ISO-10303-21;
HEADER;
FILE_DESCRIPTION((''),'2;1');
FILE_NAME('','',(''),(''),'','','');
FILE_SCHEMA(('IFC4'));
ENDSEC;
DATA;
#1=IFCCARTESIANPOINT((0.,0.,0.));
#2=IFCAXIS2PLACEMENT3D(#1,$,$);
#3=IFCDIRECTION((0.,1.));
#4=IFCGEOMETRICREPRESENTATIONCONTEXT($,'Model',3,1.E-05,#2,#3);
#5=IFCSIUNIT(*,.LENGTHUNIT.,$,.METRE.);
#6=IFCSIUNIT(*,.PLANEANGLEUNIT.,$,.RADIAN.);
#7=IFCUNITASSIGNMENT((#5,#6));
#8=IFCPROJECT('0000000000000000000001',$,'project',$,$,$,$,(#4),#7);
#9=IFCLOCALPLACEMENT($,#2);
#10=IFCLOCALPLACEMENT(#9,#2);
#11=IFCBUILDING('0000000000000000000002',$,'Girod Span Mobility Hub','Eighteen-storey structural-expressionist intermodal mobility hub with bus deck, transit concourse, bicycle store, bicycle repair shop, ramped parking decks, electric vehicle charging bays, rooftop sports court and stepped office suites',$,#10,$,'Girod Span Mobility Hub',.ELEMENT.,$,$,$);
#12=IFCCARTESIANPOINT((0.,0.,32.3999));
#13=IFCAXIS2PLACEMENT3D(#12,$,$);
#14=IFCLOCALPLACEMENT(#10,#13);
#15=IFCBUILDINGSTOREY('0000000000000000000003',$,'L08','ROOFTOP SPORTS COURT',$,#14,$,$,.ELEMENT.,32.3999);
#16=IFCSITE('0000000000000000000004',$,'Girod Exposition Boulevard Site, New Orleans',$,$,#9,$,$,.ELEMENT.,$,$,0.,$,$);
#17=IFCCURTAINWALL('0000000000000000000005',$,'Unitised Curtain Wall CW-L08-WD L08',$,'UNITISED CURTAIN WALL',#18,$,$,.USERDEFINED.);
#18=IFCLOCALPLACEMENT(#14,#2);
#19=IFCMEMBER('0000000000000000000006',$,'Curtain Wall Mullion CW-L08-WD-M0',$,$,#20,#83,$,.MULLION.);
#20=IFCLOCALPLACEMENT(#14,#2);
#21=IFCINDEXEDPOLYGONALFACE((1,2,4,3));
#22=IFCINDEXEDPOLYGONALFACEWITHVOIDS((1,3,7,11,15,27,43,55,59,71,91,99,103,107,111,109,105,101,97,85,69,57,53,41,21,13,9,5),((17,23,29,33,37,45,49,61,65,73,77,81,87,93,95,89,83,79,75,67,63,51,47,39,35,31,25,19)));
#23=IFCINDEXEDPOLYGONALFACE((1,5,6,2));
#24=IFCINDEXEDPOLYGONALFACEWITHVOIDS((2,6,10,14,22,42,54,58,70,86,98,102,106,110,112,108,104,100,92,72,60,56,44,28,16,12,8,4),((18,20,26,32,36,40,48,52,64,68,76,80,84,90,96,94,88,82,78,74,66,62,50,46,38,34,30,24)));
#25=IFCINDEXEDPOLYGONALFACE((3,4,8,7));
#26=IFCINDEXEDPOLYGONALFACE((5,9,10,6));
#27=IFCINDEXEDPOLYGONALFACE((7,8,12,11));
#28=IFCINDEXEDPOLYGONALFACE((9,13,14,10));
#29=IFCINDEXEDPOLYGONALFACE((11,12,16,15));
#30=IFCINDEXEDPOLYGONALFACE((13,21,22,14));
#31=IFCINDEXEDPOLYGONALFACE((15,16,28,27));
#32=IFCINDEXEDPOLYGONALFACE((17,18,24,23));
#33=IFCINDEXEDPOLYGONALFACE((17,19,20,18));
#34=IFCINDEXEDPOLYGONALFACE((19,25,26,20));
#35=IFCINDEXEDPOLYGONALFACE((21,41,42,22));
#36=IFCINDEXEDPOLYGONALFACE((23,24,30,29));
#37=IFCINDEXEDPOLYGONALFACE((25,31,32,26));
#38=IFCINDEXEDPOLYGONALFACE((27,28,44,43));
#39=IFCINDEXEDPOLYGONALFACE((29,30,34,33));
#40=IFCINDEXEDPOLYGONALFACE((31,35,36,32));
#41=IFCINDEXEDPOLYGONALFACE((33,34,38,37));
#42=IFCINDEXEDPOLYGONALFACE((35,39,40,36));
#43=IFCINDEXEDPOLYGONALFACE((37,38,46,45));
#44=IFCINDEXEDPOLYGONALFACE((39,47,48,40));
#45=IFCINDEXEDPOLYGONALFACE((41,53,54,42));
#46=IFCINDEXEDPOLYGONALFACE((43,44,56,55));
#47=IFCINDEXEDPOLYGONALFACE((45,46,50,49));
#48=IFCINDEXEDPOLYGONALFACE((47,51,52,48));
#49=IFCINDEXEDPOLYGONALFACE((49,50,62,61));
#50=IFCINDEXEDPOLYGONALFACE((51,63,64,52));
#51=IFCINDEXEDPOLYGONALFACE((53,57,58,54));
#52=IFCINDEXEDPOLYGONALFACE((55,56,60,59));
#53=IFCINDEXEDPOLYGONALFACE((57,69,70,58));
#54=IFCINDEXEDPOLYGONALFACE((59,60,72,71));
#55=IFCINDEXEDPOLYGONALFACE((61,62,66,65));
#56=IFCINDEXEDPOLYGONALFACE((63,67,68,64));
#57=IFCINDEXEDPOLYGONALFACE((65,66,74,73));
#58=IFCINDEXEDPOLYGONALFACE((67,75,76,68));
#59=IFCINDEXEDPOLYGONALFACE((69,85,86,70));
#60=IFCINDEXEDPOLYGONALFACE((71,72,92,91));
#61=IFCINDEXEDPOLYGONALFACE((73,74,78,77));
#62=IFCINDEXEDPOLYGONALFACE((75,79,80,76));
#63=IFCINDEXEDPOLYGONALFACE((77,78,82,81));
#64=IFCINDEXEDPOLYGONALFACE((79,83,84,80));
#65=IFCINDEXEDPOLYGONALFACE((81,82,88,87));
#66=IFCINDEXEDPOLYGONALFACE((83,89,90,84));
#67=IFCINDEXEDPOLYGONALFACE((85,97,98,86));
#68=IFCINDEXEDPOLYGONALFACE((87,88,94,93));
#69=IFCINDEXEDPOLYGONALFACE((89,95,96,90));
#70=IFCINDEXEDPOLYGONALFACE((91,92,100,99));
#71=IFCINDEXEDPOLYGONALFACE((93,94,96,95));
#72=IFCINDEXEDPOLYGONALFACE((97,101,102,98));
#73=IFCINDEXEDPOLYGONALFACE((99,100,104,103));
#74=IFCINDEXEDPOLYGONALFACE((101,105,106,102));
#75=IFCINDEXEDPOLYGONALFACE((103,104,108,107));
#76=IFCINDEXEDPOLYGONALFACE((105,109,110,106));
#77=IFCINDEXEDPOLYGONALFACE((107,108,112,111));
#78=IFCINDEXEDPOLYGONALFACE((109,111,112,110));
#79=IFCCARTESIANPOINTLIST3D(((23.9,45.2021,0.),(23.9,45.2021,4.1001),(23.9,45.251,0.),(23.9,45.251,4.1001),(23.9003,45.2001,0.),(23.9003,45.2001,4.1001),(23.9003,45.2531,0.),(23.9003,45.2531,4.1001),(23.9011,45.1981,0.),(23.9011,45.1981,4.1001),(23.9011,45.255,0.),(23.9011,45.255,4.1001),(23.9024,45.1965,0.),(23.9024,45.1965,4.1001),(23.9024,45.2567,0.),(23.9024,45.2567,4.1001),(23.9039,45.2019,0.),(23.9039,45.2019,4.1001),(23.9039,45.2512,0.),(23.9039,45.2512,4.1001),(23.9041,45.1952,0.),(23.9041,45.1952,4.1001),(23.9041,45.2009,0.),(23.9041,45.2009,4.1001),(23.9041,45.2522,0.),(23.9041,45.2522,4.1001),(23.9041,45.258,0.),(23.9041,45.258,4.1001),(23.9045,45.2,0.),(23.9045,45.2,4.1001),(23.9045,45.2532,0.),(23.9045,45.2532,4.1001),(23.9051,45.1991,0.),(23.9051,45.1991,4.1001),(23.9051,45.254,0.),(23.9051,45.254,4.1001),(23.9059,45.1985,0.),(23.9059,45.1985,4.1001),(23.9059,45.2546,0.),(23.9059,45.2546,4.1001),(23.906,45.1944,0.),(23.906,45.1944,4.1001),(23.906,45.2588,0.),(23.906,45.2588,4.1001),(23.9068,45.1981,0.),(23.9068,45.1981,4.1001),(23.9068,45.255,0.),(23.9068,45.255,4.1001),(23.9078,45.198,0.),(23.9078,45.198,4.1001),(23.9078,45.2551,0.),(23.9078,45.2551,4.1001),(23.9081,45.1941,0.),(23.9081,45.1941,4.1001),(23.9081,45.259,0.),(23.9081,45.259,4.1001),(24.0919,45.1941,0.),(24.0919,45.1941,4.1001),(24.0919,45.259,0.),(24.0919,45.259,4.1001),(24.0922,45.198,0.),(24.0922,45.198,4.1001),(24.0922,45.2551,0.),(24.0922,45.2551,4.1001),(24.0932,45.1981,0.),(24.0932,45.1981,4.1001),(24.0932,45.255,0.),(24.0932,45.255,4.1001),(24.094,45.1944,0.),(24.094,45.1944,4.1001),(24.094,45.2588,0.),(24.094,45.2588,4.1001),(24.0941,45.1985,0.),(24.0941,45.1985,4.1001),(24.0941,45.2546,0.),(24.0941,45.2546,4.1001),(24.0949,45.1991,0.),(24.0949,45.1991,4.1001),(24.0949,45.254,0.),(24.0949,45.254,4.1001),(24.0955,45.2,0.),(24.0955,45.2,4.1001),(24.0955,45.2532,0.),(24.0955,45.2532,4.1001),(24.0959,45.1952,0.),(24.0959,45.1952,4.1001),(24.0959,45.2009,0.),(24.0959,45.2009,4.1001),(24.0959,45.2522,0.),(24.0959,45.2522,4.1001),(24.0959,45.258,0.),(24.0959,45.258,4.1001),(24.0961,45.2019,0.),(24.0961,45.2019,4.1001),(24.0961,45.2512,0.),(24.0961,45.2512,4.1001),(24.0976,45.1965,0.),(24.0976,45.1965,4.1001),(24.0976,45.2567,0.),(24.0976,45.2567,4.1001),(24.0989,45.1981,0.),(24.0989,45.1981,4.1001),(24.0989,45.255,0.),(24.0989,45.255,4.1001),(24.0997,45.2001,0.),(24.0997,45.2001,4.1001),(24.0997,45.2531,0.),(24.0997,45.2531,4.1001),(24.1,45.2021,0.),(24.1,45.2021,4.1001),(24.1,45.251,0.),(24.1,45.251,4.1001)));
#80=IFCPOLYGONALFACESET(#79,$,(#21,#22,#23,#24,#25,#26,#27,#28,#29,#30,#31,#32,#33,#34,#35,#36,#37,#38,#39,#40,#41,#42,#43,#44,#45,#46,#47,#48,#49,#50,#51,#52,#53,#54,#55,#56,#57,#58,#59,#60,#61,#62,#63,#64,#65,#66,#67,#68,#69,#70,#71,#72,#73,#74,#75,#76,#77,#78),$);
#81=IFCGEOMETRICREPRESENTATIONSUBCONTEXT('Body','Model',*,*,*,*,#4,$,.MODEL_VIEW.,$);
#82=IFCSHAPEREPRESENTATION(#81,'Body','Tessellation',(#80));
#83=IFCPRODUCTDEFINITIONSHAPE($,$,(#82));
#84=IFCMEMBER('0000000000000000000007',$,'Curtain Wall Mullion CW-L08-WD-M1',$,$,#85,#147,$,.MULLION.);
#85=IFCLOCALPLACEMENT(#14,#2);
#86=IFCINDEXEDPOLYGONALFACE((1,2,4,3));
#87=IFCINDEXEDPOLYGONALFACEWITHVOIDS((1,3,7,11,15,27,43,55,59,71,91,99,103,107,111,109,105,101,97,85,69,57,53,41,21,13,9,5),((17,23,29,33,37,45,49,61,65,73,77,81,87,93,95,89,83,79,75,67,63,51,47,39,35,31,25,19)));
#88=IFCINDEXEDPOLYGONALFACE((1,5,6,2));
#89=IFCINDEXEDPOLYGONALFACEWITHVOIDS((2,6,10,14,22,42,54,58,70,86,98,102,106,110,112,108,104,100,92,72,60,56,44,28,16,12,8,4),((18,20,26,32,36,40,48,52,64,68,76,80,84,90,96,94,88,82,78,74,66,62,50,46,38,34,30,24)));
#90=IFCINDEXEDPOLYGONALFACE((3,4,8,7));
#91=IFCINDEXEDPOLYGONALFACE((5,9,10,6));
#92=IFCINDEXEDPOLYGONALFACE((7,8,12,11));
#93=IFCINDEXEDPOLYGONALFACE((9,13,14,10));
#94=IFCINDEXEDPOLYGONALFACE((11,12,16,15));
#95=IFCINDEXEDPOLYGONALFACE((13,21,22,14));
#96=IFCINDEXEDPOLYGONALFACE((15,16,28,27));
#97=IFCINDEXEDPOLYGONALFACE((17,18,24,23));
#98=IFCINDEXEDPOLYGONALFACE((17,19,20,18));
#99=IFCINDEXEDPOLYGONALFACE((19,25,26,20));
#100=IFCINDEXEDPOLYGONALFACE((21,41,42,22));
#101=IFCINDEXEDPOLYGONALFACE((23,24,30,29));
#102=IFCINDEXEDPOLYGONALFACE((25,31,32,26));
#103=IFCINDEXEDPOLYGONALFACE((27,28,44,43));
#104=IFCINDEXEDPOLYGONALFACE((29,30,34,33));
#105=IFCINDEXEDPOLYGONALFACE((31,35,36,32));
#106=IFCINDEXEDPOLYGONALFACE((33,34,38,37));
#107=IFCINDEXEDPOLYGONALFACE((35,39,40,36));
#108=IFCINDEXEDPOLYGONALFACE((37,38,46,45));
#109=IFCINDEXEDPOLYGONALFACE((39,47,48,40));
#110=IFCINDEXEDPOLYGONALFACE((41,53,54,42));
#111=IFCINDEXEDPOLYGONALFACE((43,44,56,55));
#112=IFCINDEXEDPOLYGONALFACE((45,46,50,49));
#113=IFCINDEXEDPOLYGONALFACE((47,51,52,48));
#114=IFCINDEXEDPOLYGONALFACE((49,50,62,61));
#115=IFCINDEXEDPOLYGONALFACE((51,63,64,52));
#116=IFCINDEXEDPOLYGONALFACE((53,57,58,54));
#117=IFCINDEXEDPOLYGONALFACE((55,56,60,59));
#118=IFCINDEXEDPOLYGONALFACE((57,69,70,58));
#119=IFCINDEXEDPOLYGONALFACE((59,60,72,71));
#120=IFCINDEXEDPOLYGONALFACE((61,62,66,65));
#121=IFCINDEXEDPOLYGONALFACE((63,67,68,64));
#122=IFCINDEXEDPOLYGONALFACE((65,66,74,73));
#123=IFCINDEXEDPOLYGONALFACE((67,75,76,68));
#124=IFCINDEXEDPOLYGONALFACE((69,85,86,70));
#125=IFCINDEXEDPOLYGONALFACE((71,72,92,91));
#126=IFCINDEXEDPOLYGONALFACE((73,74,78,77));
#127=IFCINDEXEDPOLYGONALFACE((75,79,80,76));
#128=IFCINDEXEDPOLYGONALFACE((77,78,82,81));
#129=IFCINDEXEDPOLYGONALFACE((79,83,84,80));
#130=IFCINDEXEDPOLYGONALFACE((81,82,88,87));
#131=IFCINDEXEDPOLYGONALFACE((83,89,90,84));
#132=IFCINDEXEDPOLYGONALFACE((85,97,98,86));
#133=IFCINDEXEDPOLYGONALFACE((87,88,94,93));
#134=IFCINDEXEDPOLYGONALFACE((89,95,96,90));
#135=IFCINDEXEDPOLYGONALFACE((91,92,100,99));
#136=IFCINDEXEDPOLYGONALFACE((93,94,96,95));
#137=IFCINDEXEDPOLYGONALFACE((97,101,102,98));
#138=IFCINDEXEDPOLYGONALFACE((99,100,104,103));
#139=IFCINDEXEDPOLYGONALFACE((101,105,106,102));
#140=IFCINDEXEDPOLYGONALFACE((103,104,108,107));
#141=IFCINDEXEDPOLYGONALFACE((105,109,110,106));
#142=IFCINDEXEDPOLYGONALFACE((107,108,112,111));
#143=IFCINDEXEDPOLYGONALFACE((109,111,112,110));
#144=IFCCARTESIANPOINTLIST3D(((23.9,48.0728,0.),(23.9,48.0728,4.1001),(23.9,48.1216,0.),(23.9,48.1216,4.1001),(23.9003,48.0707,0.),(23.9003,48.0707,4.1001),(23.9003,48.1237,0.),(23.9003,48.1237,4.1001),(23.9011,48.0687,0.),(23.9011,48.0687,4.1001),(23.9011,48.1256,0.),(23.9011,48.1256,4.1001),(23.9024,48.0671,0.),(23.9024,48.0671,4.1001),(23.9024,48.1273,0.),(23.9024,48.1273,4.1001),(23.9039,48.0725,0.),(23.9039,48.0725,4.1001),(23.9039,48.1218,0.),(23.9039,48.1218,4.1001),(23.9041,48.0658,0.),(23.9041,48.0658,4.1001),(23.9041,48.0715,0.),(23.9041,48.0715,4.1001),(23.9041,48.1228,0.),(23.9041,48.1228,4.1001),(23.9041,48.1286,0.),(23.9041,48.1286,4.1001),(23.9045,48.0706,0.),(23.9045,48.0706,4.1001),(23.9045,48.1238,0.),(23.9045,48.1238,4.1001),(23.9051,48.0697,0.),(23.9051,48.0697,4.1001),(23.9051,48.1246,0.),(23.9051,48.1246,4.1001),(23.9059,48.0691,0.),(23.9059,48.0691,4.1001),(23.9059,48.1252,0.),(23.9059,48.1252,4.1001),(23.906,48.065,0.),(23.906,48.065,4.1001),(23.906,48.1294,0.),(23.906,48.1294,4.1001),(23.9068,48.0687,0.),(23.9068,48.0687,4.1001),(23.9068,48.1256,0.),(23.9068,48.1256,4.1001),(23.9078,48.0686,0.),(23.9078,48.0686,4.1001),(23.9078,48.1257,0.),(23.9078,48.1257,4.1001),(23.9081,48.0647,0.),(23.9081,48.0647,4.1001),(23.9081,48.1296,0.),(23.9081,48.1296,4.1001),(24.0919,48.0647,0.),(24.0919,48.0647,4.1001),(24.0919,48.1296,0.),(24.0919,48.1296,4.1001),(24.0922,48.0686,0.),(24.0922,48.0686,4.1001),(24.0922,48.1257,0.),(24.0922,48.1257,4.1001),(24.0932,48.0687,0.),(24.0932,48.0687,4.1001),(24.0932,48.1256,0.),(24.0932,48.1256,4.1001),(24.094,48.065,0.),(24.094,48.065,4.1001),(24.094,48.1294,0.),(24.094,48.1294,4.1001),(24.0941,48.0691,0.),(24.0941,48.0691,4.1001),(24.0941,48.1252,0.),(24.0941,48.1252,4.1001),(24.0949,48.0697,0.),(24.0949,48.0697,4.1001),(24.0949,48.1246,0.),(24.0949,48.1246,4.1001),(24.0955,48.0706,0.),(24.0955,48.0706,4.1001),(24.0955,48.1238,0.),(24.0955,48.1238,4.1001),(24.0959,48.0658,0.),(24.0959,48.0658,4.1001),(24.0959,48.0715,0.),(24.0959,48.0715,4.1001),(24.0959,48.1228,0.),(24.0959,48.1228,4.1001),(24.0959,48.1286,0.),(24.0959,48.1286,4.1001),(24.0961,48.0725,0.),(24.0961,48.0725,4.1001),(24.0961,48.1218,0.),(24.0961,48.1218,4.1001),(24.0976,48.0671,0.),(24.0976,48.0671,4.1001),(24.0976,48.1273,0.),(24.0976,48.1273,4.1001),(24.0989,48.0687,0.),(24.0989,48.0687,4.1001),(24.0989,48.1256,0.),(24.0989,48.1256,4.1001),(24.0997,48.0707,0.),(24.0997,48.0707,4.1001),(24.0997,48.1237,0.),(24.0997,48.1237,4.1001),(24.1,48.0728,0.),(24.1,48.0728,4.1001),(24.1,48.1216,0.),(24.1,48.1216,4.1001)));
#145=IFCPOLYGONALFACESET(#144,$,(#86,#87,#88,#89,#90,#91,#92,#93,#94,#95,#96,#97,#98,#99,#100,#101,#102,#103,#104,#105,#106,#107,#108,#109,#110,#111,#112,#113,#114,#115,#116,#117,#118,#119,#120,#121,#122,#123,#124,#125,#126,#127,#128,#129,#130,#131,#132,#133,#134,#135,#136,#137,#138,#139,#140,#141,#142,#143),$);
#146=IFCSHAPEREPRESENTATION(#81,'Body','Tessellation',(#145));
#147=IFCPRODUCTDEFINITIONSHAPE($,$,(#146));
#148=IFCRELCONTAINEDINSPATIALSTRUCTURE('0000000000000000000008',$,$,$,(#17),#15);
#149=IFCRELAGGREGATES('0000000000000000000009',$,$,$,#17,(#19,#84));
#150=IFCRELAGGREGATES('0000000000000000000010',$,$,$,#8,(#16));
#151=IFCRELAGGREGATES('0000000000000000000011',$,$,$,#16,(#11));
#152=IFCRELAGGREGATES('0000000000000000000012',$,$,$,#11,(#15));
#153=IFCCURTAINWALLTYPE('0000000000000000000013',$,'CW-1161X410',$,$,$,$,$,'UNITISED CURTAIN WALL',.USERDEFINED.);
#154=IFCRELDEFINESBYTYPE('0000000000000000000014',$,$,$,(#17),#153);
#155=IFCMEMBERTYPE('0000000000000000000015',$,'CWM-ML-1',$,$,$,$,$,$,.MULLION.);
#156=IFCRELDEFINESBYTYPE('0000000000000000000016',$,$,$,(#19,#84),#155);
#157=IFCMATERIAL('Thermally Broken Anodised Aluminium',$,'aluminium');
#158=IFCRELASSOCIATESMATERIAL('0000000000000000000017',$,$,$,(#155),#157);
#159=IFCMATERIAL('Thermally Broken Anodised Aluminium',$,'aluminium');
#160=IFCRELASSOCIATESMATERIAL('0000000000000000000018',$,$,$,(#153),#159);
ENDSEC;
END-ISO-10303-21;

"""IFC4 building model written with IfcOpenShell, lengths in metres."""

from ifc_helpers import new_model, si_unit, direction, frame, origin, origin_2d, place, context, subcontext, project, spatial, hollow_rectangle, extrude, material, material_profile, profile_set, type_object, element, aggregate, save


model = new_model("IFC4")

# Units and contexts
model_context = context("Model", 3, precision=1e-05, world=origin(), true_north=direction((0.0, 1.0)))
body_context = subcontext(model_context, "Body", "Model", "MODEL_VIEW")
ifc_project = project(units=[si_unit("LENGTHUNIT", "METRE"), si_unit("PLANEANGLEUNIT", "RADIAN")], contexts=[model_context])

# Site, building, storey
site_placement = place(None, origin())
site = spatial("IfcSite", under=ifc_project, at=site_placement, Name="Girod Exposition Boulevard Site, New Orleans", CompositionType="ELEMENT", RefElevation=0.0)
building_placement = place(site_placement, origin())
building = spatial("IfcBuilding", under=site, at=building_placement, Name="Girod Span Mobility Hub", Description="Eighteen-storey structural-expressionist intermodal mobility hub with bus deck, transit concourse, bicycle store, bicycle repair shop, ramped parking decks, electric vehicle charging bays, rooftop sports court and stepped office suites", LongName="Girod Span Mobility Hub", CompositionType="ELEMENT")
storey_placement = place(building_placement, frame((0.0, 0.0, 32.3999)))
storey = spatial("IfcBuildingStorey", under=building, at=storey_placement, Name="L08", Description="ROOFTOP SPORTS COURT", CompositionType="ELEMENT", Elevation=32.3999)

# Curtain wall, members
ifc_material_1 = material(Name="Thermally Broken Anodised Aluminium", Category="aluminium")
ifc_material_profile_1 = material_profile(ifc_material_1, hollow_rectangle(XDim=0.2, YDim=0.0649, WallThickness=0.0039, InnerFilletRadius=0.0039, OuterFilletRadius=0.0081, at=origin_2d()), Name="CW-ML-65X200")
ifc_profile_set_1 = profile_set([ifc_material_profile_1], Name="Thermally Broken Anodised Aluminium")
member_type_1 = type_object("IfcMemberType", Name="CWM-ML-1", PredefinedType="MULLION", material=ifc_profile_set_1)
ifc_material_2 = material(Name="Thermally Broken Anodised Aluminium", Category="aluminium")
curtain_wall_type_1 = type_object("IfcCurtainWallType", Name="CW-1161X410", ElementType="UNITISED CURTAIN WALL", PredefinedType="USERDEFINED", material=ifc_material_2)
curtain_wall_1_placement = place(storey_placement, origin())
curtain_wall_1 = element("IfcCurtainWall", 1, at=curtain_wall_1_placement, inside=storey, type_object=curtain_wall_type_1, Name="Unitised Curtain Wall CW-L08-WD L08", ObjectType="UNITISED CURTAIN WALL", PredefinedType="USERDEFINED")
member_1_placement = place(storey_placement, frame((24.0, 45.2266, 0.0), z_axis=(0.0, 0.0, 1.0), x_axis=(1.0, 0.0, 0.0)))
member_1 = element("IfcMember", 2, at=member_1_placement, type_object=member_type_1, Name="Curtain Wall Mullion CW-L08-WD-M0", PredefinedType="MULLION", context=body_context, shape_type="SweptSolid", body=[
    extrude(hollow_rectangle(XDim=0.2, YDim=0.0649, WallThickness=0.0039, InnerFilletRadius=0.0039, OuterFilletRadius=0.0081, at=origin_2d()), origin(), (0.0, 0.0, 1.0), 4.1001),
])
member_2_placement = place(storey_placement, frame((24.0, 48.0972, 0.0), z_axis=(0.0, 0.0, 1.0), x_axis=(1.0, 0.0, 0.0)))
member_2 = element("IfcMember", 3, at=member_2_placement, type_object=member_type_1, Name="Curtain Wall Mullion CW-L08-WD-M1", PredefinedType="MULLION", context=body_context, shape_type="SweptSolid", body=[
    extrude(hollow_rectangle(XDim=0.2, YDim=0.0649, WallThickness=0.0039, InnerFilletRadius=0.0039, OuterFilletRadius=0.0081, at=origin_2d()), origin(), (0.0, 0.0, 1.0), 4.1001),
])

aggregate(curtain_wall_1, [member_1, member_2])

save(model, "model.ifc")
